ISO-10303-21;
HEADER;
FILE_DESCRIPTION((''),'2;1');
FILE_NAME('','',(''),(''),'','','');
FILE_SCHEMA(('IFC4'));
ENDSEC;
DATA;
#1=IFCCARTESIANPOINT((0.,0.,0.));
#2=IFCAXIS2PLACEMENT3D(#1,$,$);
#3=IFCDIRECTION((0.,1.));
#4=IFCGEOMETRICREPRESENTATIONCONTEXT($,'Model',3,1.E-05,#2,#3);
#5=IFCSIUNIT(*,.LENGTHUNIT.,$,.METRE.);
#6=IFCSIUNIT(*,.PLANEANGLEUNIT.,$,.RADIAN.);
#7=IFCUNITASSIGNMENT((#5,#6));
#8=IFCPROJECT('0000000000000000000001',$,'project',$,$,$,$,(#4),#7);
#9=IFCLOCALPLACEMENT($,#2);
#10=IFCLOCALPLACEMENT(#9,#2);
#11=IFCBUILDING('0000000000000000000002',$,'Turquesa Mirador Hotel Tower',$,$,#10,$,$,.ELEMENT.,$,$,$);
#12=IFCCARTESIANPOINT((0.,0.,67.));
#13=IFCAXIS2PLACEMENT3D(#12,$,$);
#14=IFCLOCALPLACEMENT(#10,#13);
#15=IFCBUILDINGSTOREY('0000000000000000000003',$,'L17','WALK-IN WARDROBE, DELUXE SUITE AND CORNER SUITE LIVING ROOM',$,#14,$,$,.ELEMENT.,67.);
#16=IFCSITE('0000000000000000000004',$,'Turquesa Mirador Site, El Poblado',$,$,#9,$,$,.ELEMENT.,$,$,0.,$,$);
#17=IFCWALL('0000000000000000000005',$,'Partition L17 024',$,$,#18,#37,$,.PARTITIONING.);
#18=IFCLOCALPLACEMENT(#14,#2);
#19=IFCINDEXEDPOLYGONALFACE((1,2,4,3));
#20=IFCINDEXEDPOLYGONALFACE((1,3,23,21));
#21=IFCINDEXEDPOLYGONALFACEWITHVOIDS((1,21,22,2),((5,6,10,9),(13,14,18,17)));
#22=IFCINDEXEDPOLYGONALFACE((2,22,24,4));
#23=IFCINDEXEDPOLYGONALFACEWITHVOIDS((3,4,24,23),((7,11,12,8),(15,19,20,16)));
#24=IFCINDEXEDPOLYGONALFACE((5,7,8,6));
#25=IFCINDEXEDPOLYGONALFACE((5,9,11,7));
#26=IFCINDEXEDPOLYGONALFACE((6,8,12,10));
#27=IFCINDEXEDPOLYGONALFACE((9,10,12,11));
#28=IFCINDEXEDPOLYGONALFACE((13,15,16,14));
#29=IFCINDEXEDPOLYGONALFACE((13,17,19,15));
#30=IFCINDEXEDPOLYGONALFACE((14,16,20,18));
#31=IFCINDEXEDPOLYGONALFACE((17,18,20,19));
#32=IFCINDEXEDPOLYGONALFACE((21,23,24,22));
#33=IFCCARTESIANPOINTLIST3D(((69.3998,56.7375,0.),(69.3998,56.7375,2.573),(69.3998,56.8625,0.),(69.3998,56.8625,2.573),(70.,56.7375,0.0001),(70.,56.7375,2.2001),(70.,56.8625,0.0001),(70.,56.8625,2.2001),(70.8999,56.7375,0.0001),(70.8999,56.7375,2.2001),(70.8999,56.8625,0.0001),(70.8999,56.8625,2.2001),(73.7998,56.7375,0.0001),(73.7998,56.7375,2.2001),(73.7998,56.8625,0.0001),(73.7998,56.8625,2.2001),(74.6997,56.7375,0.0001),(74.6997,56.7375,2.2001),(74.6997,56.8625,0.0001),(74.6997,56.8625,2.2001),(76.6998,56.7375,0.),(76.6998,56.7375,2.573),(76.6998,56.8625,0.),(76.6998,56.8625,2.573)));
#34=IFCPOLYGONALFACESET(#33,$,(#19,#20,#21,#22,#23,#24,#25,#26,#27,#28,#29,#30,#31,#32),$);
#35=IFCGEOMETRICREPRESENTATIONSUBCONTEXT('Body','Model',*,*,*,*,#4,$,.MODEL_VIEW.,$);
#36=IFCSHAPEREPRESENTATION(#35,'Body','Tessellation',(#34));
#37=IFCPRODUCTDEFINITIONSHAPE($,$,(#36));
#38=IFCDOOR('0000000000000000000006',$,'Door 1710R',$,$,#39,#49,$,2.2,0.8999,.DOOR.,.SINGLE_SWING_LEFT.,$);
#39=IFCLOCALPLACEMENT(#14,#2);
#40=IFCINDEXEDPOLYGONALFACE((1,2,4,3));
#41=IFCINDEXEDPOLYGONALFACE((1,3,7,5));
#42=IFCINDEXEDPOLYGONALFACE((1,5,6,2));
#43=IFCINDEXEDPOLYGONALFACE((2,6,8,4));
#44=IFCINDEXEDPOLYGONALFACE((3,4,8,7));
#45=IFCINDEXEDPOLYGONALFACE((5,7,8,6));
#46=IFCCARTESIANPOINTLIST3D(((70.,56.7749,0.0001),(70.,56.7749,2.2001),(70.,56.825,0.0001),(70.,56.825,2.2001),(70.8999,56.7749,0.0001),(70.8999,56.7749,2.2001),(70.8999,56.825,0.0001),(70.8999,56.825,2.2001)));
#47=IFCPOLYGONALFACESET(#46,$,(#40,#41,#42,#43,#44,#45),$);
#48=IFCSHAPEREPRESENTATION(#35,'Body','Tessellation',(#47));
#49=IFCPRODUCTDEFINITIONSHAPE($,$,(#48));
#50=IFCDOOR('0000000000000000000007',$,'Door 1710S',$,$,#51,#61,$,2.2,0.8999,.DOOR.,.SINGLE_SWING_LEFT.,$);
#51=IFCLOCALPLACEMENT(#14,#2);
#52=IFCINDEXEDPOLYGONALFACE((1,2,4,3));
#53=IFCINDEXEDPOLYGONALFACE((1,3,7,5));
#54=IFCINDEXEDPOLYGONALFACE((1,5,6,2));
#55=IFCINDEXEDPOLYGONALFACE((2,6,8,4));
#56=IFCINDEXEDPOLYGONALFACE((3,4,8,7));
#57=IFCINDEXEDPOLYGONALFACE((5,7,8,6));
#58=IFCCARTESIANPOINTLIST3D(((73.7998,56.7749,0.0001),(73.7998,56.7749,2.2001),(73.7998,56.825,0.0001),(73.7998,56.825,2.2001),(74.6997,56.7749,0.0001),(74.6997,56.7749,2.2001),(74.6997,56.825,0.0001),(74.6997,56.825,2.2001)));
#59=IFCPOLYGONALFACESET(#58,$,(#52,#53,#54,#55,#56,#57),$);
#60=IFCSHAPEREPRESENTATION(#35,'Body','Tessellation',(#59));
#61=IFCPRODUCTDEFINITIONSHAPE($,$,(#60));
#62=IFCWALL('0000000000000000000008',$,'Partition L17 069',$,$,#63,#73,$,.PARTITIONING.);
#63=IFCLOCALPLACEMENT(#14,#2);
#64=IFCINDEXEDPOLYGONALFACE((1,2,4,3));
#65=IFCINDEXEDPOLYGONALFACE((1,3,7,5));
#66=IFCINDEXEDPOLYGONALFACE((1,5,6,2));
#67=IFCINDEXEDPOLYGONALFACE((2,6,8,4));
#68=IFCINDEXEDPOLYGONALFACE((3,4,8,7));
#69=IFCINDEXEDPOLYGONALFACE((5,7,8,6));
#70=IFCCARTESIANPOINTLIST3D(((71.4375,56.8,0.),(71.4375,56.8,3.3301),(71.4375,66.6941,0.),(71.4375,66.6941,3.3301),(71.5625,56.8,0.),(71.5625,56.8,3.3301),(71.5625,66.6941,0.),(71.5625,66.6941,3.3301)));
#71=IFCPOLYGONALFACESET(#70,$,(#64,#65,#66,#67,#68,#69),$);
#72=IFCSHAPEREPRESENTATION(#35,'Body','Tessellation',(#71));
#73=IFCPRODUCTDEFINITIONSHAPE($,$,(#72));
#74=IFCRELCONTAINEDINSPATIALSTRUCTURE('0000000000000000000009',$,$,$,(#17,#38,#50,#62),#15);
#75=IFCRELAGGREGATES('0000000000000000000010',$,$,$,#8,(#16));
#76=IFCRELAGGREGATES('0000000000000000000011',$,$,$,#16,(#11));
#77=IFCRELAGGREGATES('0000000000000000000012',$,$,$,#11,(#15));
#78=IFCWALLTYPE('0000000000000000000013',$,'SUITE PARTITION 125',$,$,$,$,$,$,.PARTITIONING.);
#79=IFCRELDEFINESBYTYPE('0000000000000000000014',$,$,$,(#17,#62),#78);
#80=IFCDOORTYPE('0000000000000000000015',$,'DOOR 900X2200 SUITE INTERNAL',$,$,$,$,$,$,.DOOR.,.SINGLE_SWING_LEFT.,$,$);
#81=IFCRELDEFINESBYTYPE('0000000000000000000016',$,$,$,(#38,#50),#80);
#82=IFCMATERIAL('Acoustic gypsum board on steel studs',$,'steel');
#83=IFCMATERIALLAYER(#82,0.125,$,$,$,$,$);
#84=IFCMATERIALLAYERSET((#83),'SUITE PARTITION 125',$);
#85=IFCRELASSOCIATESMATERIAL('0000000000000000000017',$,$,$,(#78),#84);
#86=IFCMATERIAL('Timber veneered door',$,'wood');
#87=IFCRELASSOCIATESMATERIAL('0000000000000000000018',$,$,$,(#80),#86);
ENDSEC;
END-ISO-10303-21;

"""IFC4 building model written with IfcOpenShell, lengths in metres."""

from ifc_helpers import new_model, si_unit, direction, frame, frame_2d, origin, place, context, subcontext, project, spatial, rectangle, extrude, material, layer, layer_set, type_object, element, fill, save


model = new_model("IFC4")

# Units and contexts
model_context = context("Model", 3, precision=1e-05, world=origin(), true_north=direction((0.0, 1.0)))
body_context = subcontext(model_context, "Body", "Model", "MODEL_VIEW")
ifc_project = project(units=[si_unit("LENGTHUNIT", "METRE"), si_unit("PLANEANGLEUNIT", "RADIAN")], contexts=[model_context])

# Site, building, storey
site_placement = place(None, origin())
site = spatial("IfcSite", under=ifc_project, at=site_placement, Name="Turquesa Mirador Site, El Poblado", CompositionType="ELEMENT", RefElevation=0.0)
building_placement = place(site_placement, origin())
building = spatial("IfcBuilding", under=site, at=building_placement, Name="Turquesa Mirador Hotel Tower", CompositionType="ELEMENT")
storey_placement = place(building_placement, frame((0.0, 0.0, 67.0)))
storey = spatial("IfcBuildingStorey", under=building, at=storey_placement, Name="L17", Description="WALK-IN WARDROBE, DELUXE SUITE AND CORNER SUITE LIVING ROOM", CompositionType="ELEMENT", Elevation=67.0)

# Wall, openings, doors
ifc_material_1 = material(Name="Acoustic gypsum board on steel studs", Category="steel")
ifc_layer_1 = layer(ifc_material_1, 0.125)
ifc_layer_set_1 = layer_set([ifc_layer_1], Name="SUITE PARTITION 125")
wall_type_1 = type_object("IfcWallType", Name="SUITE PARTITION 125", PredefinedType="PARTITIONING", material=ifc_layer_set_1)
wall_1_placement = place(storey_placement, frame((69.3999, 56.8, 0.0), z_axis=(0.0, 0.0, 1.0), x_axis=(1.0, 0.0, 0.0)))
wall_1 = element("IfcWall", 1, at=wall_1_placement, inside=storey, type_object=wall_type_1, Name="Partition L17 024", PredefinedType="PARTITIONING", context=body_context, shape_type="SweptSolid", body=[
    extrude(rectangle(XDim=7.3, YDim=0.125, at=frame_2d((3.6499, 0.0))), origin(), (0.0, 0.0, 1.0), 2.573),
])
opening_1_placement = place(wall_1_placement, frame((0.6001, 0.0, 0.0)))
opening_1 = element("IfcOpeningElement", 2, at=opening_1_placement, cuts=wall_1, PredefinedType="OPENING", context=body_context, shape_type="SweptSolid", body=[
    extrude(rectangle(XDim=0.8999, YDim=2.2, at=frame_2d((0.45, 1.1001))), frame((0.0, 0.0725, 0.0), z_axis=(0.0, -1.0, 0.0), x_axis=(1.0, 0.0, 0.0)), (0.0, 0.0, 1.0), 0.145),
])
opening_2_placement = place(wall_1_placement, frame((4.3999, 0.0, 0.0)))
opening_2 = element("IfcOpeningElement", 3, at=opening_2_placement, cuts=wall_1, PredefinedType="OPENING", context=body_context, shape_type="SweptSolid", body=[
    extrude(rectangle(XDim=0.8999, YDim=2.2, at=frame_2d((0.45, 1.1001))), frame((0.0, 0.0725, 0.0), z_axis=(0.0, -1.0, 0.0), x_axis=(1.0, 0.0, 0.0)), (0.0, 0.0, 1.0), 0.145),
])
ifc_material_2 = material(Name="Timber veneered door", Category="wood")
door_type_1 = type_object("IfcDoorType", Name="DOOR 900X2200 SUITE INTERNAL", OperationType="SINGLE_SWING_LEFT", PredefinedType="DOOR", material=ifc_material_2)
door_1_placement = place(opening_1_placement, origin())
door_1 = element("IfcDoor", 4, at=door_1_placement, inside=storey, type_object=door_type_1, Name="Door 1710R", OperationType="SINGLE_SWING_LEFT", OverallHeight=2.2, OverallWidth=0.8999, PredefinedType="DOOR", context=body_context, shape_type="SweptSolid", body=[
    extrude(rectangle(XDim=0.8999, YDim=2.2, at=frame_2d((0.45, 1.1001))), frame((0.0, 0.0249, 0.0), z_axis=(0.0, -1.0, 0.0), x_axis=(1.0, 0.0, 0.0)), (0.0, 0.0, 1.0), 0.05),
])
fill(opening_1, door_1)
door_2_placement = place(opening_2_placement, origin())
door_2 = element("IfcDoor", 5, at=door_2_placement, inside=storey, type_object=door_type_1, Name="Door 1710S", OperationType="SINGLE_SWING_LEFT", OverallHeight=2.2, OverallWidth=0.8999, PredefinedType="DOOR", context=body_context, shape_type="SweptSolid", body=[
    extrude(rectangle(XDim=0.8999, YDim=2.2, at=frame_2d((0.45, 1.1001))), frame((0.0, 0.0249, 0.0), z_axis=(0.0, -1.0, 0.0), x_axis=(1.0, 0.0, 0.0)), (0.0, 0.0, 1.0), 0.05),
])
fill(opening_2, door_2)

# Wall
wall_2_placement = place(storey_placement, frame((71.5, 56.8, 0.0), z_axis=(0.0, 0.0, 1.0), x_axis=(0.0, 1.0, 0.0)))
element("IfcWall", 6, at=wall_2_placement, inside=storey, type_object=wall_type_1, Name="Partition L17 069", PredefinedType="PARTITIONING", context=body_context, shape_type="SweptSolid", body=[
    extrude(rectangle(XDim=9.894, YDim=0.125, at=frame_2d((4.947, 0.0))), origin(), (0.0, 0.0, 1.0), 3.3301),
])

save(model, "model.ifc")
